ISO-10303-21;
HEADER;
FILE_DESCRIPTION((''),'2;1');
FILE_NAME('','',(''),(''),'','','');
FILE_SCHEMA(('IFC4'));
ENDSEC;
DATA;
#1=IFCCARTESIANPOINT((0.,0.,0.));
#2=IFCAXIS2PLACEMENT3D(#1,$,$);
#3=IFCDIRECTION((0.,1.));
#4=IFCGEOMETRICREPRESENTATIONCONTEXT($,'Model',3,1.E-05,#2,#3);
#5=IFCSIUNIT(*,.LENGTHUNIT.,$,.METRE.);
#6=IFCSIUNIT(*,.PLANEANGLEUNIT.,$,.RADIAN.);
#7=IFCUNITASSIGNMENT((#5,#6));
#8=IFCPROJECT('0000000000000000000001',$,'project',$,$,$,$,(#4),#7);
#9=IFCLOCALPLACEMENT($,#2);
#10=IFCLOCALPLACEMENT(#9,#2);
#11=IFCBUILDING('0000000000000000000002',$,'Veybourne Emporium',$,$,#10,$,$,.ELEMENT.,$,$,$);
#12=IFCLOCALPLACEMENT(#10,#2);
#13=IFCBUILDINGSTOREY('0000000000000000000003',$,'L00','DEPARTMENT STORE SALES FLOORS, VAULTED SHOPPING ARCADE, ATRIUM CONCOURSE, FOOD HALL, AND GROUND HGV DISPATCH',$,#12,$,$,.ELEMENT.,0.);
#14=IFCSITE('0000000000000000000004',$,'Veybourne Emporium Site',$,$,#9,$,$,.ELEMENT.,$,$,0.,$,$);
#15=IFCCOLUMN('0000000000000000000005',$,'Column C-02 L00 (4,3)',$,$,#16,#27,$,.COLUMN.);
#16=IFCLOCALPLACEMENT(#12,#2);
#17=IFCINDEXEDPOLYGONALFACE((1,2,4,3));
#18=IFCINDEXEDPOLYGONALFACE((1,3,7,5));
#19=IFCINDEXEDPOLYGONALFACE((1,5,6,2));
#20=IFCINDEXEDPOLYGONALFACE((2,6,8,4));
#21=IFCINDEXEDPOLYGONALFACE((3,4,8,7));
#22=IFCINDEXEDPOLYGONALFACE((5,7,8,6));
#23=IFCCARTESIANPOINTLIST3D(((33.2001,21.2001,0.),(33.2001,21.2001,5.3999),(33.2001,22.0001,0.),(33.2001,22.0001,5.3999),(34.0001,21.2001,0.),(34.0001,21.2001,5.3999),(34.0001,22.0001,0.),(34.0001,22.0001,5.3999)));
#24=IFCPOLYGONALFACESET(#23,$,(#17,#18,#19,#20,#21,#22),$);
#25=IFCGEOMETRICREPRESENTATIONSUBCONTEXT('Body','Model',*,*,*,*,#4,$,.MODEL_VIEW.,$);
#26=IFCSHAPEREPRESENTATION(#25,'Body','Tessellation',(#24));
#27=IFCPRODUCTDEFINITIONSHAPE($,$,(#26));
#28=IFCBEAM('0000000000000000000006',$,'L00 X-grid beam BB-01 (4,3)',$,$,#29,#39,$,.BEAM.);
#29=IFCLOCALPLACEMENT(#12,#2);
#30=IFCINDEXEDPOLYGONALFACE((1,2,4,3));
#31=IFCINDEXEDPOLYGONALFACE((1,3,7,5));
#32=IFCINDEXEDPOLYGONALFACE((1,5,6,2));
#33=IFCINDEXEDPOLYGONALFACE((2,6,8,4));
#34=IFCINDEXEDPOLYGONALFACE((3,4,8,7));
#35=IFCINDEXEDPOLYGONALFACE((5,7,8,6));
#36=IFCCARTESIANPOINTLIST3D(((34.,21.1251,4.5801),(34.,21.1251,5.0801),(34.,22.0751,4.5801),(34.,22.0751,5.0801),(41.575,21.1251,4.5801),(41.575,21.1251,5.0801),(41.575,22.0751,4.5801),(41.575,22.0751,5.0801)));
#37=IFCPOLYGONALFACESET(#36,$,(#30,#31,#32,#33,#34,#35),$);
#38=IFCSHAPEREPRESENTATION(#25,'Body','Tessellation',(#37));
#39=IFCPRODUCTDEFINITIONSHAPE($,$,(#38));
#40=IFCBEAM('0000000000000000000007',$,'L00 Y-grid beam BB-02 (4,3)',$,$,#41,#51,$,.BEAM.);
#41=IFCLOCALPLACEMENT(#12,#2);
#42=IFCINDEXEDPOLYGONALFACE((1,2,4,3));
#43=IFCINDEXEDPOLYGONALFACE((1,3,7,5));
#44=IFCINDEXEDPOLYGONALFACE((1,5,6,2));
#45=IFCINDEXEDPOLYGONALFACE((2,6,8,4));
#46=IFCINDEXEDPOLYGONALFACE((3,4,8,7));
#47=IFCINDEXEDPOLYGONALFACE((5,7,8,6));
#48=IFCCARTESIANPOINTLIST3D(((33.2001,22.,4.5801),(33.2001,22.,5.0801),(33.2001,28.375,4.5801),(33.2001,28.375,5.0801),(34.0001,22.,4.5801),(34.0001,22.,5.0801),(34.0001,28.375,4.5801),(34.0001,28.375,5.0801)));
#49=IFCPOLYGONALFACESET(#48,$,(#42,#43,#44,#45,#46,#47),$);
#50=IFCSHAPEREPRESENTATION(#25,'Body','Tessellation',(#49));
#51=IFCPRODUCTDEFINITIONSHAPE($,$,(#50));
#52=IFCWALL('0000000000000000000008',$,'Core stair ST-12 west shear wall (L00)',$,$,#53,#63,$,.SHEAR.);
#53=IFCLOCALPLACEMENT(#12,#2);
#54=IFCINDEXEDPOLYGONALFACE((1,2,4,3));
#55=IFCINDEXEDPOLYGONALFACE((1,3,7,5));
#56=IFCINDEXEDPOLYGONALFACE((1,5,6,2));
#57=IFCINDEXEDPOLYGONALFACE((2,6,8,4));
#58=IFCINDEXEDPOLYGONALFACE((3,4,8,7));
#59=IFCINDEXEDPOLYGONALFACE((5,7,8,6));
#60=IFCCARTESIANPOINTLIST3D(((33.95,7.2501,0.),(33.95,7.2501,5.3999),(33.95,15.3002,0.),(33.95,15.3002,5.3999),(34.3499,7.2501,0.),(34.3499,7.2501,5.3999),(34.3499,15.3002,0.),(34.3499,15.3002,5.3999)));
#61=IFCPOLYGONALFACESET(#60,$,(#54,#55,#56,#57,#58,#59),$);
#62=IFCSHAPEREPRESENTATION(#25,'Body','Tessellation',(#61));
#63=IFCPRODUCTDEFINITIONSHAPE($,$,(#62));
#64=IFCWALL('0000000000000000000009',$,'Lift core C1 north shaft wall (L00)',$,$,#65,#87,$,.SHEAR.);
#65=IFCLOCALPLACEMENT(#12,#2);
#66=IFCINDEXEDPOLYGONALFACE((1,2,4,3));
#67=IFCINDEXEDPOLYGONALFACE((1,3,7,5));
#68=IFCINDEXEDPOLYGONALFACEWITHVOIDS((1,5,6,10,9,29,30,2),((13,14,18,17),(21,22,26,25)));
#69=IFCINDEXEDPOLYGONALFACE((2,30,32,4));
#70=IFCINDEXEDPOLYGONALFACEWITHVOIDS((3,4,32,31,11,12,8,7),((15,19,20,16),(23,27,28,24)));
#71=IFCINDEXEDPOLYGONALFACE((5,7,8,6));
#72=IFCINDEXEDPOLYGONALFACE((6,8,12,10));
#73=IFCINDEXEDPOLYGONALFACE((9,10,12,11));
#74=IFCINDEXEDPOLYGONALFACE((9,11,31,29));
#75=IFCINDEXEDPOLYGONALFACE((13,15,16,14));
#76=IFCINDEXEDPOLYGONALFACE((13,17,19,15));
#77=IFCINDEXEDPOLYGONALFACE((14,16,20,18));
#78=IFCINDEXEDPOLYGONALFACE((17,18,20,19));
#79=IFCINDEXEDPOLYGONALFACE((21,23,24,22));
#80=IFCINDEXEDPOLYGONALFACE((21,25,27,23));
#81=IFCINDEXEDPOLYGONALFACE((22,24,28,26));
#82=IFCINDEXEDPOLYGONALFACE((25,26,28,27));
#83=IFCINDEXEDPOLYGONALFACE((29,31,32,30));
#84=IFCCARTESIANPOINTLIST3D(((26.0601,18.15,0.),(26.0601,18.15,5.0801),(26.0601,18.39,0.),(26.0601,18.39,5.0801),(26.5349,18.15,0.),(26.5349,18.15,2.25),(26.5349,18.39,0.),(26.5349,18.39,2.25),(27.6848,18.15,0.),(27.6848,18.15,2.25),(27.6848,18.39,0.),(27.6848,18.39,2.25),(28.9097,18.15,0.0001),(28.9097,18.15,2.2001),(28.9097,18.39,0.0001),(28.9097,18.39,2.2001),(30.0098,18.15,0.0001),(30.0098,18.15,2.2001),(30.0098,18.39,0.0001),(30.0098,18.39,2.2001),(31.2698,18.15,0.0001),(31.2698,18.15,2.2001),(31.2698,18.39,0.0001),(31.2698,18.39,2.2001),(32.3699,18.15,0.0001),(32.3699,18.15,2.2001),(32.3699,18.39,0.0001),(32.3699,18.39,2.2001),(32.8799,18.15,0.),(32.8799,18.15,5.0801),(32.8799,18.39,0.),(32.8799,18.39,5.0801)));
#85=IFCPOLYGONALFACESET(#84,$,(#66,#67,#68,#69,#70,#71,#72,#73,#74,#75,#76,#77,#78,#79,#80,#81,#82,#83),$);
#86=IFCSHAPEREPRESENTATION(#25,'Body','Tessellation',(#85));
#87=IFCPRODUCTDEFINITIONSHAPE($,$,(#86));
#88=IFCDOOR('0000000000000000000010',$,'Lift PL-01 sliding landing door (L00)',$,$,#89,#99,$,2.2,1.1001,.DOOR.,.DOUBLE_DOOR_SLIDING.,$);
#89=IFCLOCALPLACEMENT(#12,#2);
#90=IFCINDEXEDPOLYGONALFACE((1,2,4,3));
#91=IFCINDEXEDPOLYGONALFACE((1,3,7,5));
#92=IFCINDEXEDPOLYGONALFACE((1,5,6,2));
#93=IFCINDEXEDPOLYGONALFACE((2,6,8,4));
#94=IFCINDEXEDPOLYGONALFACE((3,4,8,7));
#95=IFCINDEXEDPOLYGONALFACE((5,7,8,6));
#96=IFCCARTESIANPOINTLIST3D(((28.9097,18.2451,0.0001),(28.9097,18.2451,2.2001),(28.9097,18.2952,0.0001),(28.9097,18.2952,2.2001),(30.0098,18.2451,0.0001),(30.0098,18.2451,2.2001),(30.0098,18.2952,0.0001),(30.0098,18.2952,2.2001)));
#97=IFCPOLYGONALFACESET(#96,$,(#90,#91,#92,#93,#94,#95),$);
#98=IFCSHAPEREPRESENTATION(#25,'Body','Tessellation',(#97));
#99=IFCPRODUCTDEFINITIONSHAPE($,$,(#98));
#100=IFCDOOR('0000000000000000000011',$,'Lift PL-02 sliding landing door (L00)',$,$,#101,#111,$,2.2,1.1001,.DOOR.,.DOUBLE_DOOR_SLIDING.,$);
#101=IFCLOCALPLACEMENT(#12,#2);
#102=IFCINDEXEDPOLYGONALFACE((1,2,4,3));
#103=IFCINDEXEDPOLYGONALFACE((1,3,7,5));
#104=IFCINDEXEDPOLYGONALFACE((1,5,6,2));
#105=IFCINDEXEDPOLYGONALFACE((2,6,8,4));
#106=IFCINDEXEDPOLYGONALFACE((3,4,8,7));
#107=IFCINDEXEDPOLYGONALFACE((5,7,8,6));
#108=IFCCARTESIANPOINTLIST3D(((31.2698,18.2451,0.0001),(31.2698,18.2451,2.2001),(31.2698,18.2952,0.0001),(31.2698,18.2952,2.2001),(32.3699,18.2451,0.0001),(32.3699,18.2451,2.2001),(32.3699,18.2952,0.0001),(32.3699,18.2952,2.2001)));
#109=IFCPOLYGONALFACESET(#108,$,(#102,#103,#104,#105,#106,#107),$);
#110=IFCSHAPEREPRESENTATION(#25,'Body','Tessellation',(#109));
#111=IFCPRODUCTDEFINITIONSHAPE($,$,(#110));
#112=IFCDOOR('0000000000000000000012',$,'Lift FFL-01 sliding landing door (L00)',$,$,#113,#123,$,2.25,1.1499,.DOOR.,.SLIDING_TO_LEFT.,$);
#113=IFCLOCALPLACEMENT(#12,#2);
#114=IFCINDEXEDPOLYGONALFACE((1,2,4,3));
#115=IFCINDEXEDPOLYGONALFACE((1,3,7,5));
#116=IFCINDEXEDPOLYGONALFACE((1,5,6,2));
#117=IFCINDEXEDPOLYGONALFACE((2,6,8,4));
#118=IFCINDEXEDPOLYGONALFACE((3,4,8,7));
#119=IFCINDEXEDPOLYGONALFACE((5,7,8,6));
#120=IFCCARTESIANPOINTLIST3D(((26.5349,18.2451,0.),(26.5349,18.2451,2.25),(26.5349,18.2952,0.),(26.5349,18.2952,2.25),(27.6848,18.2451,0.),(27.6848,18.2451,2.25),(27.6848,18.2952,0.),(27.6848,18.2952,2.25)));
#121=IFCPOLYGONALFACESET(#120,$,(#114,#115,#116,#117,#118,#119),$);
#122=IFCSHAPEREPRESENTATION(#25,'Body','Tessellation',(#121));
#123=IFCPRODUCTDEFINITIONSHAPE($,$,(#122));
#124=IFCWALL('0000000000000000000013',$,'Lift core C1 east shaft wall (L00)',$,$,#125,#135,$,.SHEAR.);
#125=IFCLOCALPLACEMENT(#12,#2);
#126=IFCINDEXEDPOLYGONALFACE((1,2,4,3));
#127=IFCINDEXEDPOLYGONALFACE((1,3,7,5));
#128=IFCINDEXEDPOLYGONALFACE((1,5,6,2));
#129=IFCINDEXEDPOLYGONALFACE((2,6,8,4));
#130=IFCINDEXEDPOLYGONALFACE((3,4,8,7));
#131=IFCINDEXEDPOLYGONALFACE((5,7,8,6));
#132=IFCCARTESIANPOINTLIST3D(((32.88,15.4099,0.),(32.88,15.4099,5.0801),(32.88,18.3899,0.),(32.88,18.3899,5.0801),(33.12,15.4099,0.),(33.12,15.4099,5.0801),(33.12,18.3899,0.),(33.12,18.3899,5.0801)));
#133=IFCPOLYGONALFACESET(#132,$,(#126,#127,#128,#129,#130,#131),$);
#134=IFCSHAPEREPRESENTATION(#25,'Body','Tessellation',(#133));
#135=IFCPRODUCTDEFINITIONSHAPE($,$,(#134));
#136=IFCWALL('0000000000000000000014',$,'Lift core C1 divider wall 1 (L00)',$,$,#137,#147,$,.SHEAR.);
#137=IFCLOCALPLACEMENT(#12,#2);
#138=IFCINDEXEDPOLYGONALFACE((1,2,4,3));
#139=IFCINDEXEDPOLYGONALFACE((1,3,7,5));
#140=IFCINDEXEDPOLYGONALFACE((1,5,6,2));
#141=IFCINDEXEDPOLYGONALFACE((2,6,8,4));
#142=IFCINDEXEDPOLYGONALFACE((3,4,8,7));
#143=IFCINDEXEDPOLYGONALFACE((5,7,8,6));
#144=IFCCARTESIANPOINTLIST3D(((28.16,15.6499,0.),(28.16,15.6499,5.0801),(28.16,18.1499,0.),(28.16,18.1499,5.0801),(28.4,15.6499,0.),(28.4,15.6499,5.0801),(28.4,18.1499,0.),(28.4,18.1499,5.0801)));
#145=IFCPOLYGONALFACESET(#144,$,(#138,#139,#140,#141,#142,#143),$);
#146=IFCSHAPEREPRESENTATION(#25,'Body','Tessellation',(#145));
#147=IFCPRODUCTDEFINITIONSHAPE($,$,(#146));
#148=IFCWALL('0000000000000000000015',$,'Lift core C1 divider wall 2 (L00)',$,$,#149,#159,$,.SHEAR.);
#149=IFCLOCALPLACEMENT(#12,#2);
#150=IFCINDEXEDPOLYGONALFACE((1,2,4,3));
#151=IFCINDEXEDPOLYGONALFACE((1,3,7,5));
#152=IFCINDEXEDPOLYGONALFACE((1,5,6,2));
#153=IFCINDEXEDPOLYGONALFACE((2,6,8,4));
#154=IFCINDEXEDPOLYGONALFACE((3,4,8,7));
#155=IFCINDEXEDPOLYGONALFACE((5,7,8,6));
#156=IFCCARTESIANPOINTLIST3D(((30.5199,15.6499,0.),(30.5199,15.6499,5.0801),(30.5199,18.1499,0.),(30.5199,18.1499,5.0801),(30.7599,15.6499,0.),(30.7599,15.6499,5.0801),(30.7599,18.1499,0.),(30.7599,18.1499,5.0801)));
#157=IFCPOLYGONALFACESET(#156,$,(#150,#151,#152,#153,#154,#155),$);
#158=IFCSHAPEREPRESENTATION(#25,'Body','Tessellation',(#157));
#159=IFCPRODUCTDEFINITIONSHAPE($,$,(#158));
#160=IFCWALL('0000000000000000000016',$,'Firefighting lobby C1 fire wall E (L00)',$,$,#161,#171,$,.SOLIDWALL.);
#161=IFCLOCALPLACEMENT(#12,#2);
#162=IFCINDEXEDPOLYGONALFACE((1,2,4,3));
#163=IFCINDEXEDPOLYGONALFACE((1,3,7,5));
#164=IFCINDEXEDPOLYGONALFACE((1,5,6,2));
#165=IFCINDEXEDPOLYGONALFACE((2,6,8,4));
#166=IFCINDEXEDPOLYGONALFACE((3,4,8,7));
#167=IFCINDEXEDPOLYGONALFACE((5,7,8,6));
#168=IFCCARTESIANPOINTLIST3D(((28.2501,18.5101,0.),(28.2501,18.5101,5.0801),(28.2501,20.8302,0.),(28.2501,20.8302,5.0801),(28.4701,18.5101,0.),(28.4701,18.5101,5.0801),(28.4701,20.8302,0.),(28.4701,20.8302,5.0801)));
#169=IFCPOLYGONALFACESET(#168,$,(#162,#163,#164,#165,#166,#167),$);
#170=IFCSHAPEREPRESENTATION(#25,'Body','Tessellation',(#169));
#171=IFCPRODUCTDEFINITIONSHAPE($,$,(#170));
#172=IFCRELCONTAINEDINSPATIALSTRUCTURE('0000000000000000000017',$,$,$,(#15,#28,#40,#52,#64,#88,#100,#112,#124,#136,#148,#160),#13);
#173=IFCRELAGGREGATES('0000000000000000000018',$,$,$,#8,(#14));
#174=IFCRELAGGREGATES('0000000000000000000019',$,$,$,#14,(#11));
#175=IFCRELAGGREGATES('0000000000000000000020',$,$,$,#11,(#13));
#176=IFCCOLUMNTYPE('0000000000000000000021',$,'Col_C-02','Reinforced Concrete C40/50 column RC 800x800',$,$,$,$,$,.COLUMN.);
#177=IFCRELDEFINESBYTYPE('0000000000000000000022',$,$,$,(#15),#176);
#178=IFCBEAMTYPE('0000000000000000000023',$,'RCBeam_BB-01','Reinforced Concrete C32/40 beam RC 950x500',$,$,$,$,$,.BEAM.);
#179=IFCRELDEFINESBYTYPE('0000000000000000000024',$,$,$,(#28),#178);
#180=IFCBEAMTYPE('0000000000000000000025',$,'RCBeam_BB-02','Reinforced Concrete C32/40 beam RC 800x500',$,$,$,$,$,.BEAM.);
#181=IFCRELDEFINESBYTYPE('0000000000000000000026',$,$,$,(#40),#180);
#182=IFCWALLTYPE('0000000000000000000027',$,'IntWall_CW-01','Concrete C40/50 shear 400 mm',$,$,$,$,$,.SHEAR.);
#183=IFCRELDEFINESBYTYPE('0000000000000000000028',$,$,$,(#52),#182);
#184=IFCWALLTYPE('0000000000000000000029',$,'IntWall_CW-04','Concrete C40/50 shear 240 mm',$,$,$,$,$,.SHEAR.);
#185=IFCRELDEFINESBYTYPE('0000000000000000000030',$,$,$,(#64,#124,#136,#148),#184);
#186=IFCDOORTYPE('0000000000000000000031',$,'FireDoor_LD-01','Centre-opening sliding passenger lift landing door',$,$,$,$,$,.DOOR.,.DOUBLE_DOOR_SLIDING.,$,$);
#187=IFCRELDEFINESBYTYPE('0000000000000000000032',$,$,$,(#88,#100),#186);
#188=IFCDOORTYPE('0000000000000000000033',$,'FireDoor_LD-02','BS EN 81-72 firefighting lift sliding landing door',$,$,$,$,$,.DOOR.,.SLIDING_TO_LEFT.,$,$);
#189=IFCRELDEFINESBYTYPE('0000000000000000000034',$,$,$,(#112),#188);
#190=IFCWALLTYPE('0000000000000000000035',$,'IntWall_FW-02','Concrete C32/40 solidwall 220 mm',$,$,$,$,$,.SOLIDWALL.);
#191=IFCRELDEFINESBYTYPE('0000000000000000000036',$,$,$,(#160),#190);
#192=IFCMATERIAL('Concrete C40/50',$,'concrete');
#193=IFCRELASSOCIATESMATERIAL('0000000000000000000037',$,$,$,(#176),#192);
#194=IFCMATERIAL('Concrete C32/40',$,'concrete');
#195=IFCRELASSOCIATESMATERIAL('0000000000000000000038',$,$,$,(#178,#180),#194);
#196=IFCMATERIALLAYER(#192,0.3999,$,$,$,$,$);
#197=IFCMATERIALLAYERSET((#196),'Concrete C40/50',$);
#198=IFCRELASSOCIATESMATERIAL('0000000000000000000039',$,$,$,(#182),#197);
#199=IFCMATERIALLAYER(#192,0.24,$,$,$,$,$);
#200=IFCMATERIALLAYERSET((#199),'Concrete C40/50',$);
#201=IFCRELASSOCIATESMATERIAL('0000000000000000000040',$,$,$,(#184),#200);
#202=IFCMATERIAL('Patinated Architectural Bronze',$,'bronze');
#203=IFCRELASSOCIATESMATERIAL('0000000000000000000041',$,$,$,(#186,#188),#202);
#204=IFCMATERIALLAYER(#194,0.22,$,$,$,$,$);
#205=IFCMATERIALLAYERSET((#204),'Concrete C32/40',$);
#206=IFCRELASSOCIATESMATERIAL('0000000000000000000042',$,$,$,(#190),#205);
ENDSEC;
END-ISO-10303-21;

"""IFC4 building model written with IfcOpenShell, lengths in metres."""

from ifc_helpers import new_model, si_unit, direction, frame, frame_2d, origin, origin_2d, place, context, subcontext, project, spatial, rectangle, extrude, material, layer, layer_set, material_profile, profile_set, type_object, element, fill, save


model = new_model("IFC4")

# Units and contexts
model_context = context("Model", 3, precision=1e-05, world=origin(), true_north=direction((0.0, 1.0)))
body_context = subcontext(model_context, "Body", "Model", "MODEL_VIEW")
ifc_project = project(units=[si_unit("LENGTHUNIT", "METRE"), si_unit("PLANEANGLEUNIT", "RADIAN")], contexts=[model_context])

# Site, building, storey
site_placement = place(None, origin())
site = spatial("IfcSite", under=ifc_project, at=site_placement, Name="Veybourne Emporium Site", CompositionType="ELEMENT", RefElevation=0.0)
building_placement = place(site_placement, origin())
building = spatial("IfcBuilding", under=site, at=building_placement, Name="Veybourne Emporium", CompositionType="ELEMENT")
storey_placement = place(building_placement, origin())
storey = spatial("IfcBuildingStorey", under=building, at=storey_placement, Name="L00", Description="DEPARTMENT STORE SALES FLOORS, VAULTED SHOPPING ARCADE, ATRIUM CONCOURSE, FOOD HALL, AND GROUND HGV DISPATCH", CompositionType="ELEMENT", Elevation=0.0)

# Column
ifc_material_1 = material(Name="Concrete C40/50", Category="concrete")
ifc_material_profile_1 = material_profile(ifc_material_1, rectangle(XDim=0.8, YDim=0.8, at=origin_2d()), Name="RC 800x800")
ifc_profile_set_1 = profile_set([ifc_material_profile_1], Name="Concrete C40/50")
column_type = type_object("IfcColumnType", Name="Col_C-02", Description="Reinforced Concrete C40/50 column RC 800x800", PredefinedType="COLUMN", material=ifc_profile_set_1)
column_placement = place(storey_placement, frame((33.6001, 21.6001, 0.0), z_axis=(0.0, 0.0, 1.0), x_axis=(1.0, 0.0, 0.0)))
element("IfcColumn", 1, at=column_placement, inside=storey, type_object=column_type, Name="Column C-02 L00 (4,3)", PredefinedType="COLUMN", context=body_context, shape_type="SweptSolid", body=[
    extrude(rectangle(XDim=0.8, YDim=0.8, at=origin_2d()), origin(), (0.0, 0.0, 1.0), 5.3999),
])

# Beams
ifc_material_2 = material(Name="Concrete C32/40", Category="concrete")
ifc_material_profile_2 = material_profile(ifc_material_2, rectangle(XDim=0.95, YDim=0.5, at=origin_2d()), Name="RC 950x500")
ifc_profile_set_2 = profile_set([ifc_material_profile_2], Name="Concrete C32/40")
beam_type_1 = type_object("IfcBeamType", Name="RCBeam_BB-01", Description="Reinforced Concrete C32/40 beam RC 950x500", PredefinedType="BEAM", material=ifc_profile_set_2)
beam_1_placement = place(storey_placement, frame((34.0, 21.6001, 4.8301), z_axis=(1.0, 0.0, 0.0), x_axis=(0.0, 1.0, 0.0)))
element("IfcBeam", 2, at=beam_1_placement, inside=storey, type_object=beam_type_1, Name="L00 X-grid beam BB-01 (4,3)", PredefinedType="BEAM", context=body_context, shape_type="SweptSolid", body=[
    extrude(rectangle(XDim=0.95, YDim=0.5, at=origin_2d()), origin(), (0.0, 0.0, 1.0), 7.575),
])
ifc_material_profile_3 = material_profile(ifc_material_2, rectangle(XDim=0.8, YDim=0.5, at=origin_2d()), Name="RC 800x500")
ifc_profile_set_3 = profile_set([ifc_material_profile_3], Name="Concrete C32/40")
beam_type_2 = type_object("IfcBeamType", Name="RCBeam_BB-02", Description="Reinforced Concrete C32/40 beam RC 800x500", PredefinedType="BEAM", material=ifc_profile_set_3)
beam_2_placement = place(storey_placement, frame((33.6001, 22.0, 4.8301), z_axis=(0.0, 1.0, 0.0), x_axis=(-1.0, 0.0, 0.0)))
element("IfcBeam", 3, at=beam_2_placement, inside=storey, type_object=beam_type_2, Name="L00 Y-grid beam BB-02 (4,3)", PredefinedType="BEAM", context=body_context, shape_type="SweptSolid", body=[
    extrude(rectangle(XDim=0.8, YDim=0.5, at=origin_2d()), origin(), (0.0, 0.0, 1.0), 6.375),
])

# Wall
ifc_layer_1 = layer(ifc_material_1, 0.3999)
ifc_layer_set_1 = layer_set([ifc_layer_1], Name="Concrete C40/50")
wall_type_1 = type_object("IfcWallType", Name="IntWall_CW-01", Description="Concrete C40/50 shear 400 mm", PredefinedType="SHEAR", material=ifc_layer_set_1)
wall_1_placement = place(storey_placement, frame((34.1499, 15.3, 0.0), z_axis=(0.0, 0.0, 1.0), x_axis=(0.0, -1.0, 0.0)))
element("IfcWall", 4, at=wall_1_placement, inside=storey, type_object=wall_type_1, Name="Core stair ST-12 west shear wall (L00)", PredefinedType="SHEAR", context=body_context, shape_type="SweptSolid", body=[
    extrude(rectangle(XDim=8.05, YDim=0.3999, at=frame_2d((4.0249, 0.0))), origin(), (0.0, 0.0, 1.0), 5.3999),
])

# Wall, openings, doors
ifc_layer_2 = layer(ifc_material_1, 0.24)
ifc_layer_set_2 = layer_set([ifc_layer_2], Name="Concrete C40/50")
wall_type_2 = type_object("IfcWallType", Name="IntWall_CW-04", Description="Concrete C40/50 shear 240 mm", PredefinedType="SHEAR", material=ifc_layer_set_2)
wall_2_placement = place(storey_placement, frame((32.8799, 18.27, 0.0), z_axis=(0.0, 0.0, 1.0), x_axis=(-1.0, 0.0, 0.0)))
wall_2 = element("IfcWall", 5, at=wall_2_placement, inside=storey, type_object=wall_type_2, Name="Lift core C1 north shaft wall (L00)", PredefinedType="SHEAR", context=body_context, shape_type="SweptSolid", body=[
    extrude(rectangle(XDim=6.8198, YDim=0.24, at=frame_2d((3.4099, 0.0))), origin(), (0.0, 0.0, 1.0), 5.0801),
])
opening_1_placement = place(wall_2_placement, frame((5.1951, 0.0, 0.0)))
opening_1 = element("IfcOpeningElement", 6, at=opening_1_placement, cuts=wall_2, PredefinedType="OPENING", context=body_context, shape_type="SweptSolid", body=[
    extrude(rectangle(XDim=1.1499, YDim=2.25, at=frame_2d((0.575, 1.125))), frame((0.0, 0.1401, 0.0), z_axis=(0.0, -1.0, 0.0), x_axis=(1.0, 0.0, 0.0)), (0.0, 0.0, 1.0), 0.28),
])
opening_2_placement = place(wall_2_placement, frame((2.8701, 0.0, 0.0)))
opening_2 = element("IfcOpeningElement", 7, at=opening_2_placement, cuts=wall_2, PredefinedType="OPENING", context=body_context, shape_type="SweptSolid", body=[
    extrude(rectangle(XDim=1.1001, YDim=2.2, at=frame_2d((0.55, 1.1001))), frame((0.0, 0.1401, 0.0), z_axis=(0.0, -1.0, 0.0), x_axis=(1.0, 0.0, 0.0)), (0.0, 0.0, 1.0), 0.28),
])
opening_3_placement = place(wall_2_placement, frame((0.51, 0.0, 0.0)))
opening_3 = element("IfcOpeningElement", 8, at=opening_3_placement, cuts=wall_2, PredefinedType="OPENING", context=body_context, shape_type="SweptSolid", body=[
    extrude(rectangle(XDim=1.1001, YDim=2.2, at=frame_2d((0.55, 1.1001))), frame((0.0, 0.1401, 0.0), z_axis=(0.0, -1.0, 0.0), x_axis=(1.0, 0.0, 0.0)), (0.0, 0.0, 1.0), 0.28),
])
ifc_material_3 = material(Name="Patinated Architectural Bronze", Category="bronze")
door_type_1 = type_object("IfcDoorType", Name="FireDoor_LD-01", Description="Centre-opening sliding passenger lift landing door", OperationType="DOUBLE_DOOR_SLIDING", PredefinedType="DOOR", material=ifc_material_3)
door_1_placement = place(opening_2_placement, origin())
door_1 = element("IfcDoor", 9, at=door_1_placement, inside=storey, type_object=door_type_1, Name="Lift PL-01 sliding landing door (L00)", OperationType="DOUBLE_DOOR_SLIDING", OverallHeight=2.2, OverallWidth=1.1001, PredefinedType="DOOR", context=body_context, shape_type="SweptSolid", body=[
    extrude(rectangle(XDim=1.1001, YDim=2.2, at=frame_2d((0.55, 1.1001))), frame((0.0, 0.0249, 0.0), z_axis=(0.0, -1.0, 0.0), x_axis=(1.0, 0.0, 0.0)), (0.0, 0.0, 1.0), 0.05),
])
fill(opening_2, door_1)
door_2_placement = place(opening_3_placement, origin())
door_2 = element("IfcDoor", 10, at=door_2_placement, inside=storey, type_object=door_type_1, Name="Lift PL-02 sliding landing door (L00)", OperationType="DOUBLE_DOOR_SLIDING", OverallHeight=2.2, OverallWidth=1.1001, PredefinedType="DOOR", context=body_context, shape_type="SweptSolid", body=[
    extrude(rectangle(XDim=1.1001, YDim=2.2, at=frame_2d((0.55, 1.1001))), frame((0.0, 0.0249, 0.0), z_axis=(0.0, -1.0, 0.0), x_axis=(1.0, 0.0, 0.0)), (0.0, 0.0, 1.0), 0.05),
])
fill(opening_3, door_2)
door_type_2 = type_object("IfcDoorType", Name="FireDoor_LD-02", Description="BS EN 81-72 firefighting lift sliding landing door", OperationType="SLIDING_TO_LEFT", PredefinedType="DOOR", material=ifc_material_3)
door_3_placement = place(opening_1_placement, origin())
door_3 = element("IfcDoor", 11, at=door_3_placement, inside=storey, type_object=door_type_2, Name="Lift FFL-01 sliding landing door (L00)", OperationType="SLIDING_TO_LEFT", OverallHeight=2.25, OverallWidth=1.1499, PredefinedType="DOOR", context=body_context, shape_type="SweptSolid", body=[
    extrude(rectangle(XDim=1.1499, YDim=2.25, at=frame_2d((0.575, 1.125))), frame((0.0, 0.0249, 0.0), z_axis=(0.0, -1.0, 0.0), x_axis=(1.0, 0.0, 0.0)), (0.0, 0.0, 1.0), 0.05),
])
fill(opening_1, door_3)

# Walls
wall_3_placement = place(storey_placement, frame((33.0, 15.4099, 0.0), z_axis=(0.0, 0.0, 1.0), x_axis=(0.0, 1.0, 0.0)))
element("IfcWall", 12, at=wall_3_placement, inside=storey, type_object=wall_type_2, Name="Lift core C1 east shaft wall (L00)", PredefinedType="SHEAR", context=body_context, shape_type="SweptSolid", body=[
    extrude(rectangle(XDim=2.98, YDim=0.24, at=frame_2d((1.49, 0.0))), origin(), (0.0, 0.0, 1.0), 5.0801),
])
for number, where, z_axis, x_axis, name in (
    (13, (28.28, 15.6499, 0.0), (0.0, 0.0, 1.0), (0.0, 1.0, 0.0), "Lift core C1 divider wall 1 (L00)"),
    (14, (30.6399, 15.6499, 0.0), (0.0, 0.0, 1.0), (0.0, 1.0, 0.0), "Lift core C1 divider wall 2 (L00)"),
):
    element("IfcWall", number, at=place(storey_placement, frame(where, z_axis=z_axis, x_axis=x_axis)), inside=storey, type_object=wall_type_2, Name=name, PredefinedType="SHEAR", context=body_context, shape_type="SweptSolid", body=[
        extrude(rectangle(XDim=2.5, YDim=0.24, at=frame_2d((1.25, 0.0))), origin(), (0.0, 0.0, 1.0), 5.0801),
    ])
ifc_layer_3 = layer(ifc_material_2, 0.22)
ifc_layer_set_3 = layer_set([ifc_layer_3], Name="Concrete C32/40")
wall_type_3 = type_object("IfcWallType", Name="IntWall_FW-02", Description="Concrete C32/40 solidwall 220 mm", PredefinedType="SOLIDWALL", material=ifc_layer_set_3)
wall_4_placement = place(storey_placement, frame((28.3601, 18.51, 0.0), z_axis=(0.0, 0.0, 1.0), x_axis=(0.0, 1.0, 0.0)))
element("IfcWall", 15, at=wall_4_placement, inside=storey, type_object=wall_type_3, Name="Firefighting lobby C1 fire wall E (L00)", PredefinedType="SOLIDWALL", context=body_context, shape_type="SweptSolid", body=[
    extrude(rectangle(XDim=2.3201, YDim=0.22, at=frame_2d((1.1602, 0.0))), origin(), (0.0, 0.0, 1.0), 5.0801),
])

save(model, "model.ifc")
